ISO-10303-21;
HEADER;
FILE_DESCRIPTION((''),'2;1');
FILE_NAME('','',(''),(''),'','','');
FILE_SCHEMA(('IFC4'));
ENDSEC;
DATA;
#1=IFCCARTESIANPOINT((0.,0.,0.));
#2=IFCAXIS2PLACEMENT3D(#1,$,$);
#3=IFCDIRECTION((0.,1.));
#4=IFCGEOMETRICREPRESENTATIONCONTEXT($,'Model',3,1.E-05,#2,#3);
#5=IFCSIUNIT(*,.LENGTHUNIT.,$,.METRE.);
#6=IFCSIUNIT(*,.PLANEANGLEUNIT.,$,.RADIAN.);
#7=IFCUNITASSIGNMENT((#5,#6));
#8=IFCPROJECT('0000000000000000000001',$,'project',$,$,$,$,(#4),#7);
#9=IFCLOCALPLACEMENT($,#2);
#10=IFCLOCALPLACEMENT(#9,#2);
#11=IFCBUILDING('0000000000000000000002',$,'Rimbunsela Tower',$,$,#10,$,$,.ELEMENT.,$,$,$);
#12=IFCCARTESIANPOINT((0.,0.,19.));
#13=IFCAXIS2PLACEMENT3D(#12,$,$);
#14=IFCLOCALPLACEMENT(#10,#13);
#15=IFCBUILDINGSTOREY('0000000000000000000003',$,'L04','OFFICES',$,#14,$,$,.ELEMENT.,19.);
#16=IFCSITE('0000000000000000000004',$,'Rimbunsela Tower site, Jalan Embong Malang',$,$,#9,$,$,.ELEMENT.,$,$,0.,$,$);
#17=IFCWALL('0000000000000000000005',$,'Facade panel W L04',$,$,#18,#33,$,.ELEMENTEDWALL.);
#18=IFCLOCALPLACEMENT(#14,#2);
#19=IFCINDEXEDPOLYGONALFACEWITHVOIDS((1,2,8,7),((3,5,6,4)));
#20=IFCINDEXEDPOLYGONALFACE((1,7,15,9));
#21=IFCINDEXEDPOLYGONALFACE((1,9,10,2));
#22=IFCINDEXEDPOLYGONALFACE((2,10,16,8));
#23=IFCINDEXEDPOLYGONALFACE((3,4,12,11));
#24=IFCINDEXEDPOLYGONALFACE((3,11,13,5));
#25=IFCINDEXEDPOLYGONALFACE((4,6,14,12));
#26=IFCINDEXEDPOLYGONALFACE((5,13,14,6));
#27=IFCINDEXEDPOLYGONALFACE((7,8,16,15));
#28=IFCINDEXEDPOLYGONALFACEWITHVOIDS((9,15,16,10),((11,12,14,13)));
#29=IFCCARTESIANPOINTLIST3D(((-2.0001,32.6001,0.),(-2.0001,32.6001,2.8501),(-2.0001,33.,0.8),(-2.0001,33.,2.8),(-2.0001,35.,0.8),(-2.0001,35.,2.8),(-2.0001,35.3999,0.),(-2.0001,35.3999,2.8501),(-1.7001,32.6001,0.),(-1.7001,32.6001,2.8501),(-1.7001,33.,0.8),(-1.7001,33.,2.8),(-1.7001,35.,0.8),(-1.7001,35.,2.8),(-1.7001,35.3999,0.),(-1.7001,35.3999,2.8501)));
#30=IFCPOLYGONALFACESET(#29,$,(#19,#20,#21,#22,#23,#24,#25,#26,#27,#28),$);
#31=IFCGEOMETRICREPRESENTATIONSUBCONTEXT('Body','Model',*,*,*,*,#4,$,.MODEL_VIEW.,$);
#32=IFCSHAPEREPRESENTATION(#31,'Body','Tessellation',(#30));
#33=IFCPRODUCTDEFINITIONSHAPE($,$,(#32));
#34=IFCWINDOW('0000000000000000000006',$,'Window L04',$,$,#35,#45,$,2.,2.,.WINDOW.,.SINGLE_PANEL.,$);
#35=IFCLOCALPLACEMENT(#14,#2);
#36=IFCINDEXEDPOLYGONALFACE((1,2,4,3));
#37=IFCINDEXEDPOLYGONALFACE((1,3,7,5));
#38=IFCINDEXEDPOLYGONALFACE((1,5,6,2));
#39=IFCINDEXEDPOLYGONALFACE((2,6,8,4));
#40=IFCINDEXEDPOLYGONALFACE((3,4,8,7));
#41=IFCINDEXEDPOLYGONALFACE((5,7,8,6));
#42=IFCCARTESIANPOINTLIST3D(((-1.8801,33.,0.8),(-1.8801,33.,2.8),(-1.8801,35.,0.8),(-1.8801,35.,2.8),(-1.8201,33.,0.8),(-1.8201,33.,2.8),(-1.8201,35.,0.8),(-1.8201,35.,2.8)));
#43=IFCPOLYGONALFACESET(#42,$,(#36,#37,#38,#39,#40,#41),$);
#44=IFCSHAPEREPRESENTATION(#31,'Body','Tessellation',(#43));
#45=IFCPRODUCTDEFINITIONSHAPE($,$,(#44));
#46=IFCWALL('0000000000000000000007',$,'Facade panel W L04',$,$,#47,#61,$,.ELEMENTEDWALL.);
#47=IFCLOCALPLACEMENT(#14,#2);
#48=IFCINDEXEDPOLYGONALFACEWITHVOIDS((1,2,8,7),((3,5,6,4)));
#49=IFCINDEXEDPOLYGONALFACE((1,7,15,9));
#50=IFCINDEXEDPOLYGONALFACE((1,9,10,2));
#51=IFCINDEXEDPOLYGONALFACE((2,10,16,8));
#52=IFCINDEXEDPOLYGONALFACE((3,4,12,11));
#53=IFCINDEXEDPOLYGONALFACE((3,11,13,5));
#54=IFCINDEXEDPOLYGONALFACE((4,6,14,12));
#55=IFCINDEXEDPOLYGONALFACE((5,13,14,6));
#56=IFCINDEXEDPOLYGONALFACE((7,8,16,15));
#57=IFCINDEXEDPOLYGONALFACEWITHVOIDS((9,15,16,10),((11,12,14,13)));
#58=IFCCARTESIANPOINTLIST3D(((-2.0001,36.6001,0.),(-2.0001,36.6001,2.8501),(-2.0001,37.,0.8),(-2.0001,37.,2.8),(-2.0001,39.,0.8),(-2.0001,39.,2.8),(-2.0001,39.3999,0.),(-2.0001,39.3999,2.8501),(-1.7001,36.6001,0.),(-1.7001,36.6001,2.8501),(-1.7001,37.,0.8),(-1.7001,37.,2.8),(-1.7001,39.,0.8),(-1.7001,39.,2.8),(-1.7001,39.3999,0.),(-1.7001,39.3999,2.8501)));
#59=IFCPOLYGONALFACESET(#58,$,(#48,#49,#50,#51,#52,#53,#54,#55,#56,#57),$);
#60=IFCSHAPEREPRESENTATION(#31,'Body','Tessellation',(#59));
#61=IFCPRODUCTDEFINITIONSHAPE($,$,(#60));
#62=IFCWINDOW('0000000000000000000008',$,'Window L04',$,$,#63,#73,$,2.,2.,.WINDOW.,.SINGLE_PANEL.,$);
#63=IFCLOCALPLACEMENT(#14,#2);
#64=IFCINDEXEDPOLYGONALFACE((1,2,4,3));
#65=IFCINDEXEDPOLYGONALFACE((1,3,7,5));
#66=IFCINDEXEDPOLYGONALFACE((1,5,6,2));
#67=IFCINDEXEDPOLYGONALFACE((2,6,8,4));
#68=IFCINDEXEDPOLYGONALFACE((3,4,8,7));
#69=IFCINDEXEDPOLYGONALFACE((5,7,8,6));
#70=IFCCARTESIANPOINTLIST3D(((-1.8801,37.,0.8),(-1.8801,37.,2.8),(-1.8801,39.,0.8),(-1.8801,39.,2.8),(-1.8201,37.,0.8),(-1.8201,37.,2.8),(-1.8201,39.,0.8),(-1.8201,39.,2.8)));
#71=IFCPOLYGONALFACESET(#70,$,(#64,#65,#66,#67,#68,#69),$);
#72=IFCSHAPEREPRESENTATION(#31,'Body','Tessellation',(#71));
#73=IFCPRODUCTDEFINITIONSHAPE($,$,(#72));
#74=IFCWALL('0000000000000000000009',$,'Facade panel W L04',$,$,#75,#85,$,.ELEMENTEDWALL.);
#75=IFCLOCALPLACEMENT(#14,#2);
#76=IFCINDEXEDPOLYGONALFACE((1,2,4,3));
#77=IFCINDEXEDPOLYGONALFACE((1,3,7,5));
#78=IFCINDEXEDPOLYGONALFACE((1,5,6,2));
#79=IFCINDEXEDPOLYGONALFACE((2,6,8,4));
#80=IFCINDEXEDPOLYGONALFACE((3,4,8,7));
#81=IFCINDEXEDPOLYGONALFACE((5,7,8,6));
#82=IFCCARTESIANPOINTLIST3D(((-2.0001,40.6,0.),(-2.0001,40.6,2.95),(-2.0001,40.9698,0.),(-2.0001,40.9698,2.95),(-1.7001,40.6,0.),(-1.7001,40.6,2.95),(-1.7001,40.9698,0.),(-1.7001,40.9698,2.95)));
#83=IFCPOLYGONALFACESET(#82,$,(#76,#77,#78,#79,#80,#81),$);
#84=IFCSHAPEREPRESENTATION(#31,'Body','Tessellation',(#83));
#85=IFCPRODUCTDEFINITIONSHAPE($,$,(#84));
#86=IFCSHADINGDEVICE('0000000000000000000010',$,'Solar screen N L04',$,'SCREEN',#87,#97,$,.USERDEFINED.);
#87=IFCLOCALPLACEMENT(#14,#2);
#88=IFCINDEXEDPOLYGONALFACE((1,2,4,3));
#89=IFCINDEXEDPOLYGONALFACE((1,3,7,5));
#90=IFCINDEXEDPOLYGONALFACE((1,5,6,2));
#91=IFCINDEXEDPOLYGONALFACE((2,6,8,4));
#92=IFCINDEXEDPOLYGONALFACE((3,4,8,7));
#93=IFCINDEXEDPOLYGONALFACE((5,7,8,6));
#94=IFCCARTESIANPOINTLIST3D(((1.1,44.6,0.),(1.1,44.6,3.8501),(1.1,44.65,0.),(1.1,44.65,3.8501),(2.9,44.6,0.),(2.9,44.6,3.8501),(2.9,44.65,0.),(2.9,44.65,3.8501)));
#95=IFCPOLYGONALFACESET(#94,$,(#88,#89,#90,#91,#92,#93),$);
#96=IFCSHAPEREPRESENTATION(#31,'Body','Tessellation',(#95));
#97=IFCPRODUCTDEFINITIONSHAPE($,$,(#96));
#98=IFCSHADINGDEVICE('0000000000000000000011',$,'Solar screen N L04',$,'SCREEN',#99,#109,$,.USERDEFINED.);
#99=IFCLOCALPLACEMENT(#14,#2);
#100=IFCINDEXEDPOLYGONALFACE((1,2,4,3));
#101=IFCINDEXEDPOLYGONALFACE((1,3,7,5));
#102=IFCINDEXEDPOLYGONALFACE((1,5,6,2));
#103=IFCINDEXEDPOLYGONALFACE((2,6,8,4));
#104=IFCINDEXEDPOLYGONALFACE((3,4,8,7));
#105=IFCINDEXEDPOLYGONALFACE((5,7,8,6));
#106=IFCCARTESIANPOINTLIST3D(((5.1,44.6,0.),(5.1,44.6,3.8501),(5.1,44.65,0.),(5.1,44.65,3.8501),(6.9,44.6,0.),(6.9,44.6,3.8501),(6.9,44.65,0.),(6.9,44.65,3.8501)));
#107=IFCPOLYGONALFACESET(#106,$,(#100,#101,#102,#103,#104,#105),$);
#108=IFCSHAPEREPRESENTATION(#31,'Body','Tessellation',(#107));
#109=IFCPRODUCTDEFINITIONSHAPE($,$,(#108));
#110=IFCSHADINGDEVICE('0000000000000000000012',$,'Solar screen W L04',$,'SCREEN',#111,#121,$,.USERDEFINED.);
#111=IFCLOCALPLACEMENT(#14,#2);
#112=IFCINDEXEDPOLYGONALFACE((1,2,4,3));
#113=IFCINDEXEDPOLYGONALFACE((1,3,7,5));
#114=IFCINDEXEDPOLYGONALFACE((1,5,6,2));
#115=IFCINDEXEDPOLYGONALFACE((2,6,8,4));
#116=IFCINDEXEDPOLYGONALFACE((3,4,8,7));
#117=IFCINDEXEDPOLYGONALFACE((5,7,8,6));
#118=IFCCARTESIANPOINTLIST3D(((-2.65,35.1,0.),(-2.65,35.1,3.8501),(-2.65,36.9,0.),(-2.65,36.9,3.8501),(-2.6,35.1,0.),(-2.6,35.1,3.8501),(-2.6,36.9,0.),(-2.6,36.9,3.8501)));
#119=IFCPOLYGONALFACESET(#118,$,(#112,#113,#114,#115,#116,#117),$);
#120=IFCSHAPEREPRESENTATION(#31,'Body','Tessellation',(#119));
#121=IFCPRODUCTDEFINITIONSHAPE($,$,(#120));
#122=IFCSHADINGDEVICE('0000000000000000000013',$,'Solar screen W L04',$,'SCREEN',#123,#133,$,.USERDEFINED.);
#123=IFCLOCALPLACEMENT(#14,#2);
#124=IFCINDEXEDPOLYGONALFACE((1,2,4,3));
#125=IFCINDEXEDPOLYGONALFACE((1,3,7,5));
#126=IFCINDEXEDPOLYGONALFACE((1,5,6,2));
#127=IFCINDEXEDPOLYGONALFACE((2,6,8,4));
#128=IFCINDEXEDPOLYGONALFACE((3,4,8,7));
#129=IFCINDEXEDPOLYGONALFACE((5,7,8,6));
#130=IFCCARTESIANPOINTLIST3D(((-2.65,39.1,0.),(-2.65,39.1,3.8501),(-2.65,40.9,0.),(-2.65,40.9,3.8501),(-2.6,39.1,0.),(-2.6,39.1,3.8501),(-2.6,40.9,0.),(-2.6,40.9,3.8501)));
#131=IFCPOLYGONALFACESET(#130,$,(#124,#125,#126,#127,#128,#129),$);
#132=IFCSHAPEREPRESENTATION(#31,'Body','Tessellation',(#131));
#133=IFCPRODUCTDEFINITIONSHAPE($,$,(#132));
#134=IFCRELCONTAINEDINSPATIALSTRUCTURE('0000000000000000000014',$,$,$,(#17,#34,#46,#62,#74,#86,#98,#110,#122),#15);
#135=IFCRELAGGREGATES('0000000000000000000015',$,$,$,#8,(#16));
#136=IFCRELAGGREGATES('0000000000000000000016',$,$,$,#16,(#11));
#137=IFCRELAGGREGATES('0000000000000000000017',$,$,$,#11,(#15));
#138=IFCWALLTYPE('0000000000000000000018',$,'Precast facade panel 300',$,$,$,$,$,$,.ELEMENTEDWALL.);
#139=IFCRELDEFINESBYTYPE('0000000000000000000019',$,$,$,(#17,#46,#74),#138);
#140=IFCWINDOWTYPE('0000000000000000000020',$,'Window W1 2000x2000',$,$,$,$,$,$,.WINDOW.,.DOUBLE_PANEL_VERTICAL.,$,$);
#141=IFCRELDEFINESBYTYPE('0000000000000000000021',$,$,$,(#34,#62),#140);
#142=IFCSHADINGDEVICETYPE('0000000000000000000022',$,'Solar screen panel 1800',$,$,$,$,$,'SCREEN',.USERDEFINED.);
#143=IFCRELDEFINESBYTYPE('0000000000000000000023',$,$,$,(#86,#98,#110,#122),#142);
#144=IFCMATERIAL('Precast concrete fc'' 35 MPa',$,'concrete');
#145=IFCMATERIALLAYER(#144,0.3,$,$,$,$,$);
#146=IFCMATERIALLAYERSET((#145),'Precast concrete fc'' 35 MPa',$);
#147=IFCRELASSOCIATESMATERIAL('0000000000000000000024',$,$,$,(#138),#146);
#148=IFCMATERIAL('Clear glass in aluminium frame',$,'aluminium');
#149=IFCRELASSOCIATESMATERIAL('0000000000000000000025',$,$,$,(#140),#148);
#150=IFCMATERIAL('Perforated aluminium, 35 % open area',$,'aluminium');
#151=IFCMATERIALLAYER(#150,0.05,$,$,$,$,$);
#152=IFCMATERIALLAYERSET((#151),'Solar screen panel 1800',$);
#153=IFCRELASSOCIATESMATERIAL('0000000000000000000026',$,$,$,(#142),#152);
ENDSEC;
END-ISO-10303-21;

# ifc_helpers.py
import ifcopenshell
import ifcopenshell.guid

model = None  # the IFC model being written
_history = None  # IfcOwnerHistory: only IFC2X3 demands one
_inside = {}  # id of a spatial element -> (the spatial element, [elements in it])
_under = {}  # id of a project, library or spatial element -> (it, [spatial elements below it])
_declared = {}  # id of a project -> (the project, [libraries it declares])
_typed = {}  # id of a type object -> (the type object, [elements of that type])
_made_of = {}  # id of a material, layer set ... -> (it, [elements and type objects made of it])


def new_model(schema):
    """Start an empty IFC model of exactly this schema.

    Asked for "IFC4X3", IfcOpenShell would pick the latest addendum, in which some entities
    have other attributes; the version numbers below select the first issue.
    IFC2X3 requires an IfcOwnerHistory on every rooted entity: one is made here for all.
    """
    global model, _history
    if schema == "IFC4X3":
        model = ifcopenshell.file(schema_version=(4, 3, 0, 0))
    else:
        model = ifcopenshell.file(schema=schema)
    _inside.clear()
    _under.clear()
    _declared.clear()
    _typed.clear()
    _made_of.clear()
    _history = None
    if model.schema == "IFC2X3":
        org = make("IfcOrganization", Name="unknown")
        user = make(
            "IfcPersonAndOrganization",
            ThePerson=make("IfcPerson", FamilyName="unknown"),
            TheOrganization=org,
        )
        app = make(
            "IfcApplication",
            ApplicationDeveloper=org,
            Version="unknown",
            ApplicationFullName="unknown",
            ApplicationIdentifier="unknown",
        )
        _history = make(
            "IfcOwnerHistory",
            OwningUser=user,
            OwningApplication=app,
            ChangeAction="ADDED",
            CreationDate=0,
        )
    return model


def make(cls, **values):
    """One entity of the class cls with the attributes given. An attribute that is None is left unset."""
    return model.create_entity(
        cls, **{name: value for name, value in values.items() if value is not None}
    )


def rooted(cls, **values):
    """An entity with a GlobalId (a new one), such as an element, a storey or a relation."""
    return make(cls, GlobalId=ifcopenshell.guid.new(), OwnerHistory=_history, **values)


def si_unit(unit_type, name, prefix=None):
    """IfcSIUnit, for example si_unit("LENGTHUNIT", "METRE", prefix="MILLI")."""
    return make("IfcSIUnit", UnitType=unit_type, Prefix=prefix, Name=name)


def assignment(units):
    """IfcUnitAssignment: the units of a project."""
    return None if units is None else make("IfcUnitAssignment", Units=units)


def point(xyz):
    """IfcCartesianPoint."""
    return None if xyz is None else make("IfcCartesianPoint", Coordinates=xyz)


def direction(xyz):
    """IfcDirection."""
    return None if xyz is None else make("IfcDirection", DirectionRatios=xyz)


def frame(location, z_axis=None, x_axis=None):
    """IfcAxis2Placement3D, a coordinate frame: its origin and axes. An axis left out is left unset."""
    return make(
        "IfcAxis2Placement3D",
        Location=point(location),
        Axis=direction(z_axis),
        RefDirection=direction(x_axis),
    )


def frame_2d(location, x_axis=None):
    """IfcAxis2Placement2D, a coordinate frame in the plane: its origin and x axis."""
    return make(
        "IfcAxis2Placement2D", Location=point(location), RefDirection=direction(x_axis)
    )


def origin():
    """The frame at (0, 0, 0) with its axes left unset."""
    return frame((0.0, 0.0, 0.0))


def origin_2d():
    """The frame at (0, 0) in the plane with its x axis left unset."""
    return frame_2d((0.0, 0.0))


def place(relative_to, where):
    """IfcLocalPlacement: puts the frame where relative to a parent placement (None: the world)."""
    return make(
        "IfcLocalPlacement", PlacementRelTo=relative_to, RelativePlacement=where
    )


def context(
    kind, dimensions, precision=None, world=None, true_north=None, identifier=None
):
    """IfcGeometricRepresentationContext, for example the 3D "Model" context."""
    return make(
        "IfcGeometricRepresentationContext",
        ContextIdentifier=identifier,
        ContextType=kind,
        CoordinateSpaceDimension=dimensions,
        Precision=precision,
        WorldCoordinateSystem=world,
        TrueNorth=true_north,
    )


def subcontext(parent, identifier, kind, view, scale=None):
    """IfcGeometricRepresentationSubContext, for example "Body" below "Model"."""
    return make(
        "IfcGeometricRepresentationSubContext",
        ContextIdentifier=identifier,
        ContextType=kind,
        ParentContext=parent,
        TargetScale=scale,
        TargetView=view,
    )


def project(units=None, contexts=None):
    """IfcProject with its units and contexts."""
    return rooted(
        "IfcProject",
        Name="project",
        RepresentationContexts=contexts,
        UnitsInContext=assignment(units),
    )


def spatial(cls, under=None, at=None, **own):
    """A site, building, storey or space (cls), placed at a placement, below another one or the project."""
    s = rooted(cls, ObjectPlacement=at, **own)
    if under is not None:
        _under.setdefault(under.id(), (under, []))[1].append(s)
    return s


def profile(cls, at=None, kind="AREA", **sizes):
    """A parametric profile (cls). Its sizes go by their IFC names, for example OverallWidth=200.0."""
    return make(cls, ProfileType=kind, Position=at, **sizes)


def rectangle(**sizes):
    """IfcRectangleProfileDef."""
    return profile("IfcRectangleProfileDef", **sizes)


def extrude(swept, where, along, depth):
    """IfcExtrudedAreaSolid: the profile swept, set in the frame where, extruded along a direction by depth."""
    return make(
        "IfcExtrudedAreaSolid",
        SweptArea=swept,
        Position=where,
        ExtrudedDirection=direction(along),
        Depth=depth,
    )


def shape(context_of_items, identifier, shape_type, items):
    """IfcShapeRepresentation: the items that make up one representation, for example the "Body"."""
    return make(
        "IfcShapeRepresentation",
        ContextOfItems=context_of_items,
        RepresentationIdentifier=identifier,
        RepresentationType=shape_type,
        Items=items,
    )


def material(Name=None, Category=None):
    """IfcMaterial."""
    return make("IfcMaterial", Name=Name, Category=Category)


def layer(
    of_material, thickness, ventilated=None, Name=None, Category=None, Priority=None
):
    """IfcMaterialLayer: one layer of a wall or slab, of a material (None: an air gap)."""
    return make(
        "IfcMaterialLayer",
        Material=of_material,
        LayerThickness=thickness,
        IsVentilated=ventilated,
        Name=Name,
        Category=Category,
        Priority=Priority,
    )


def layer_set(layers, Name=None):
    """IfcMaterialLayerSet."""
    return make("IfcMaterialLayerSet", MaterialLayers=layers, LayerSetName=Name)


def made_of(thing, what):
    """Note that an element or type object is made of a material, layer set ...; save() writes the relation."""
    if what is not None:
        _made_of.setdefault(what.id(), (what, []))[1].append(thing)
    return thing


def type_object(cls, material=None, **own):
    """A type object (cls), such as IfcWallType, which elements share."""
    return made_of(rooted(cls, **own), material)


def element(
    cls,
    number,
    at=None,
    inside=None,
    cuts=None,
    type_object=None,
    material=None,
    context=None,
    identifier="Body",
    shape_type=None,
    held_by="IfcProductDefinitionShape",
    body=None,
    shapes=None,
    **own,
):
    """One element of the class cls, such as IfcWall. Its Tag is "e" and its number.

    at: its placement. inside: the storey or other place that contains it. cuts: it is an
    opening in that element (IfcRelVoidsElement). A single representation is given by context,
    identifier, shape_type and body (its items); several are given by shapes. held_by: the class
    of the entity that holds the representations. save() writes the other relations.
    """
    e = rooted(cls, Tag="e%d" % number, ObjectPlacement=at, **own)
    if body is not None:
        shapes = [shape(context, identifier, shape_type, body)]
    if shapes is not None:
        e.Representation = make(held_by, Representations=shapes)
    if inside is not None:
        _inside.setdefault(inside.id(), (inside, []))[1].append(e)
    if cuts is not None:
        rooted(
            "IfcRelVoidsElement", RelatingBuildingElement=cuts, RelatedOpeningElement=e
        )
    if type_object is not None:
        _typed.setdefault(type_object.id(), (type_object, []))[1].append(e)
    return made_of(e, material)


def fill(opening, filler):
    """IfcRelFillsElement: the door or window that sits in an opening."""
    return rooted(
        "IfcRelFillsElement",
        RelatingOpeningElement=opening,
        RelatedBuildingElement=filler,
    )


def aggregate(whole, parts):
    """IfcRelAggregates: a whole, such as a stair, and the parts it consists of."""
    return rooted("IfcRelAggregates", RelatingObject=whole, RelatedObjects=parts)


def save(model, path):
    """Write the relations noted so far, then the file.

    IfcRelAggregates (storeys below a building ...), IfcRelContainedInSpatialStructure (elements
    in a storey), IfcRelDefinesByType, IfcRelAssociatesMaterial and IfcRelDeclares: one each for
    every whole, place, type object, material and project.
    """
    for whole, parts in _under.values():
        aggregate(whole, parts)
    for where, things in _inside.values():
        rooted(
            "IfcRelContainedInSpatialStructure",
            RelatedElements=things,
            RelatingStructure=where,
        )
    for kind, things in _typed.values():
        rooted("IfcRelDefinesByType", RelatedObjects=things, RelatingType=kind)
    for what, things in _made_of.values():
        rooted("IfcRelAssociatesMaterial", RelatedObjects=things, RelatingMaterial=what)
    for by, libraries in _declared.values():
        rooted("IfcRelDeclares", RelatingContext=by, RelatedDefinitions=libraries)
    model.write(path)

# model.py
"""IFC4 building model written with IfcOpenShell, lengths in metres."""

from ifc_helpers import new_model, si_unit, direction, frame, frame_2d, origin, origin_2d, place, context, subcontext, project, spatial, rectangle, extrude, material, layer, layer_set, type_object, element, fill, save


model = new_model("IFC4")

# Units and contexts
model_context = context("Model", 3, precision=1e-05, world=origin(), true_north=direction((0.0, 1.0)))
body_context = subcontext(model_context, "Body", "Model", "MODEL_VIEW")
ifc_project = project(units=[si_unit("LENGTHUNIT", "METRE"), si_unit("PLANEANGLEUNIT", "RADIAN")], contexts=[model_context])

# Site, building, storey
site_placement = place(None, origin())
site = spatial("IfcSite", under=ifc_project, at=site_placement, Name="Rimbunsela Tower site, Jalan Embong Malang", CompositionType="ELEMENT", RefElevation=0.0)
building_placement = place(site_placement, origin())
building = spatial("IfcBuilding", under=site, at=building_placement, Name="Rimbunsela Tower", CompositionType="ELEMENT")
storey_placement = place(building_placement, frame((0.0, 0.0, 19.0)))
storey = spatial("IfcBuildingStorey", under=building, at=storey_placement, Name="L04", Description="OFFICES", CompositionType="ELEMENT", Elevation=19.0)

# Shared definitions
ifc_material_1 = material(Name="Precast concrete fc' 35 MPa", Category="concrete")
ifc_layer_1 = layer(ifc_material_1, 0.3)
ifc_layer_set_1 = layer_set([ifc_layer_1], Name="Precast concrete fc' 35 MPa")
wall_type = type_object("IfcWallType", Name="Precast facade panel 300", PredefinedType="ELEMENTEDWALL", material=ifc_layer_set_1)

# Walls, openings, windows
ifc_material_2 = material(Name="Clear glass in aluminium frame", Category="aluminium")
window_type = type_object("IfcWindowType", Name="Window W1 2000x2000", PartitioningType="DOUBLE_PANEL_VERTICAL", PredefinedType="WINDOW", material=ifc_material_2)
wall_1_placement = place(storey_placement, frame((-1.8501, 35.3999, 0.0), z_axis=(0.0, 0.0, 1.0), x_axis=(0.0, -1.0, 0.0)))
wall_1 = element("IfcWall", 1, at=wall_1_placement, inside=storey, type_object=wall_type, Name="Facade panel W L04", PredefinedType="ELEMENTEDWALL", context=body_context, shape_type="SweptSolid", body=[
    extrude(rectangle(XDim=2.7998, YDim=0.3, at=frame_2d((1.3999, 0.0))), origin(), (0.0, 0.0, 1.0), 2.8501),
])
opening_1_placement = place(wall_1_placement, frame((0.3999, 0.0, 0.8)))
opening_1 = element("IfcOpeningElement", 2, at=opening_1_placement, cuts=wall_1, PredefinedType="OPENING", context=body_context, shape_type="SweptSolid", body=[
    extrude(rectangle(XDim=2.0, YDim=2.0, at=frame_2d((1.0, 1.0))), frame((0.0, 0.1599, 0.0), z_axis=(0.0, -1.0, 0.0), x_axis=(1.0, 0.0, 0.0)), (0.0, 0.0, 1.0), 0.3201),
])
window_1_placement = place(opening_1_placement, origin())
window_1 = element("IfcWindow", 3, at=window_1_placement, inside=storey, type_object=window_type, Name="Window L04", OverallHeight=2.0, OverallWidth=2.0, PartitioningType="SINGLE_PANEL", PredefinedType="WINDOW", context=body_context, shape_type="SweptSolid", body=[
    extrude(rectangle(XDim=2.0, YDim=2.0, at=frame_2d((1.0, 1.0))), frame((0.0, 0.03, 0.0), z_axis=(0.0, -1.0, 0.0), x_axis=(1.0, 0.0, 0.0)), (0.0, 0.0, 1.0), 0.0601),
])
fill(opening_1, window_1)
wall_2_placement = place(storey_placement, frame((-1.8501, 39.3999, 0.0), z_axis=(0.0, 0.0, 1.0), x_axis=(0.0, -1.0, 0.0)))
wall_2 = element("IfcWall", 4, at=wall_2_placement, inside=storey, type_object=wall_type, Name="Facade panel W L04", PredefinedType="ELEMENTEDWALL", context=body_context, shape_type="SweptSolid", body=[
    extrude(rectangle(XDim=2.7998, YDim=0.3, at=frame_2d((1.3999, 0.0))), origin(), (0.0, 0.0, 1.0), 2.8501),
])
opening_2_placement = place(wall_2_placement, frame((0.3999, 0.0, 0.8)))
opening_2 = element("IfcOpeningElement", 5, at=opening_2_placement, cuts=wall_2, PredefinedType="OPENING", context=body_context, shape_type="SweptSolid", body=[
    extrude(rectangle(XDim=2.0, YDim=2.0, at=frame_2d((1.0, 1.0))), frame((0.0, 0.1599, 0.0), z_axis=(0.0, -1.0, 0.0), x_axis=(1.0, 0.0, 0.0)), (0.0, 0.0, 1.0), 0.3201),
])
window_2_placement = place(opening_2_placement, origin())
window_2 = element("IfcWindow", 6, at=window_2_placement, inside=storey, type_object=window_type, Name="Window L04", OverallHeight=2.0, OverallWidth=2.0, PartitioningType="SINGLE_PANEL", PredefinedType="WINDOW", context=body_context, shape_type="SweptSolid", body=[
    extrude(rectangle(XDim=2.0, YDim=2.0, at=frame_2d((1.0, 1.0))), frame((0.0, 0.03, 0.0), z_axis=(0.0, -1.0, 0.0), x_axis=(1.0, 0.0, 0.0)), (0.0, 0.0, 1.0), 0.0601),
])
fill(opening_2, window_2)

# Wall
wall_3_placement = place(storey_placement, frame((-1.8501, 40.97, 0.0), z_axis=(0.0, 0.0, 1.0), x_axis=(0.0, -1.0, 0.0)))
element("IfcWall", 7, at=wall_3_placement, inside=storey, type_object=wall_type, Name="Facade panel W L04", PredefinedType="ELEMENTEDWALL", context=body_context, shape_type="SweptSolid", body=[
    extrude(rectangle(XDim=0.3699, YDim=0.3, at=frame_2d((0.1851, 0.0))), origin(), (0.0, 0.0, 1.0), 2.95),
])

# Shading devices
ifc_material_3 = material(Name="Perforated aluminium, 35 % open area", Category="aluminium")
ifc_layer_2 = layer(ifc_material_3, 0.05)
ifc_layer_set_2 = layer_set([ifc_layer_2], Name="Solar screen panel 1800")
shading_device_type = type_object("IfcShadingDeviceType", Name="Solar screen panel 1800", ElementType="SCREEN", PredefinedType="USERDEFINED", material=ifc_layer_set_2)
for number, where, z_axis, x_axis, name in (
    (8, (2.0, 44.625, 0.0), (0.0, 0.0, 1.0), (1.0, 0.0, 0.0), "Solar screen N L04"),
    (9, (6.0, 44.625, 0.0), (0.0, 0.0, 1.0), (1.0, 0.0, 0.0), "Solar screen N L04"),
    (10, (-2.625, 36.0, 0.0), (0.0, 0.0, 1.0), (0.0, 1.0, 0.0), "Solar screen W L04"),
    (11, (-2.625, 40.0, 0.0), (0.0, 0.0, 1.0), (0.0, 1.0, 0.0), "Solar screen W L04"),
):
    element("IfcShadingDevice", number, at=place(storey_placement, frame(where, z_axis=z_axis, x_axis=x_axis)), inside=storey, type_object=shading_device_type, Name=name, ObjectType="SCREEN", PredefinedType="USERDEFINED", context=body_context, shape_type="SweptSolid", body=[
        extrude(rectangle(XDim=1.8, YDim=0.05, at=origin_2d()), origin(), (0.0, 0.0, 1.0), 3.8501),
    ])

save(model, "model.ifc")
